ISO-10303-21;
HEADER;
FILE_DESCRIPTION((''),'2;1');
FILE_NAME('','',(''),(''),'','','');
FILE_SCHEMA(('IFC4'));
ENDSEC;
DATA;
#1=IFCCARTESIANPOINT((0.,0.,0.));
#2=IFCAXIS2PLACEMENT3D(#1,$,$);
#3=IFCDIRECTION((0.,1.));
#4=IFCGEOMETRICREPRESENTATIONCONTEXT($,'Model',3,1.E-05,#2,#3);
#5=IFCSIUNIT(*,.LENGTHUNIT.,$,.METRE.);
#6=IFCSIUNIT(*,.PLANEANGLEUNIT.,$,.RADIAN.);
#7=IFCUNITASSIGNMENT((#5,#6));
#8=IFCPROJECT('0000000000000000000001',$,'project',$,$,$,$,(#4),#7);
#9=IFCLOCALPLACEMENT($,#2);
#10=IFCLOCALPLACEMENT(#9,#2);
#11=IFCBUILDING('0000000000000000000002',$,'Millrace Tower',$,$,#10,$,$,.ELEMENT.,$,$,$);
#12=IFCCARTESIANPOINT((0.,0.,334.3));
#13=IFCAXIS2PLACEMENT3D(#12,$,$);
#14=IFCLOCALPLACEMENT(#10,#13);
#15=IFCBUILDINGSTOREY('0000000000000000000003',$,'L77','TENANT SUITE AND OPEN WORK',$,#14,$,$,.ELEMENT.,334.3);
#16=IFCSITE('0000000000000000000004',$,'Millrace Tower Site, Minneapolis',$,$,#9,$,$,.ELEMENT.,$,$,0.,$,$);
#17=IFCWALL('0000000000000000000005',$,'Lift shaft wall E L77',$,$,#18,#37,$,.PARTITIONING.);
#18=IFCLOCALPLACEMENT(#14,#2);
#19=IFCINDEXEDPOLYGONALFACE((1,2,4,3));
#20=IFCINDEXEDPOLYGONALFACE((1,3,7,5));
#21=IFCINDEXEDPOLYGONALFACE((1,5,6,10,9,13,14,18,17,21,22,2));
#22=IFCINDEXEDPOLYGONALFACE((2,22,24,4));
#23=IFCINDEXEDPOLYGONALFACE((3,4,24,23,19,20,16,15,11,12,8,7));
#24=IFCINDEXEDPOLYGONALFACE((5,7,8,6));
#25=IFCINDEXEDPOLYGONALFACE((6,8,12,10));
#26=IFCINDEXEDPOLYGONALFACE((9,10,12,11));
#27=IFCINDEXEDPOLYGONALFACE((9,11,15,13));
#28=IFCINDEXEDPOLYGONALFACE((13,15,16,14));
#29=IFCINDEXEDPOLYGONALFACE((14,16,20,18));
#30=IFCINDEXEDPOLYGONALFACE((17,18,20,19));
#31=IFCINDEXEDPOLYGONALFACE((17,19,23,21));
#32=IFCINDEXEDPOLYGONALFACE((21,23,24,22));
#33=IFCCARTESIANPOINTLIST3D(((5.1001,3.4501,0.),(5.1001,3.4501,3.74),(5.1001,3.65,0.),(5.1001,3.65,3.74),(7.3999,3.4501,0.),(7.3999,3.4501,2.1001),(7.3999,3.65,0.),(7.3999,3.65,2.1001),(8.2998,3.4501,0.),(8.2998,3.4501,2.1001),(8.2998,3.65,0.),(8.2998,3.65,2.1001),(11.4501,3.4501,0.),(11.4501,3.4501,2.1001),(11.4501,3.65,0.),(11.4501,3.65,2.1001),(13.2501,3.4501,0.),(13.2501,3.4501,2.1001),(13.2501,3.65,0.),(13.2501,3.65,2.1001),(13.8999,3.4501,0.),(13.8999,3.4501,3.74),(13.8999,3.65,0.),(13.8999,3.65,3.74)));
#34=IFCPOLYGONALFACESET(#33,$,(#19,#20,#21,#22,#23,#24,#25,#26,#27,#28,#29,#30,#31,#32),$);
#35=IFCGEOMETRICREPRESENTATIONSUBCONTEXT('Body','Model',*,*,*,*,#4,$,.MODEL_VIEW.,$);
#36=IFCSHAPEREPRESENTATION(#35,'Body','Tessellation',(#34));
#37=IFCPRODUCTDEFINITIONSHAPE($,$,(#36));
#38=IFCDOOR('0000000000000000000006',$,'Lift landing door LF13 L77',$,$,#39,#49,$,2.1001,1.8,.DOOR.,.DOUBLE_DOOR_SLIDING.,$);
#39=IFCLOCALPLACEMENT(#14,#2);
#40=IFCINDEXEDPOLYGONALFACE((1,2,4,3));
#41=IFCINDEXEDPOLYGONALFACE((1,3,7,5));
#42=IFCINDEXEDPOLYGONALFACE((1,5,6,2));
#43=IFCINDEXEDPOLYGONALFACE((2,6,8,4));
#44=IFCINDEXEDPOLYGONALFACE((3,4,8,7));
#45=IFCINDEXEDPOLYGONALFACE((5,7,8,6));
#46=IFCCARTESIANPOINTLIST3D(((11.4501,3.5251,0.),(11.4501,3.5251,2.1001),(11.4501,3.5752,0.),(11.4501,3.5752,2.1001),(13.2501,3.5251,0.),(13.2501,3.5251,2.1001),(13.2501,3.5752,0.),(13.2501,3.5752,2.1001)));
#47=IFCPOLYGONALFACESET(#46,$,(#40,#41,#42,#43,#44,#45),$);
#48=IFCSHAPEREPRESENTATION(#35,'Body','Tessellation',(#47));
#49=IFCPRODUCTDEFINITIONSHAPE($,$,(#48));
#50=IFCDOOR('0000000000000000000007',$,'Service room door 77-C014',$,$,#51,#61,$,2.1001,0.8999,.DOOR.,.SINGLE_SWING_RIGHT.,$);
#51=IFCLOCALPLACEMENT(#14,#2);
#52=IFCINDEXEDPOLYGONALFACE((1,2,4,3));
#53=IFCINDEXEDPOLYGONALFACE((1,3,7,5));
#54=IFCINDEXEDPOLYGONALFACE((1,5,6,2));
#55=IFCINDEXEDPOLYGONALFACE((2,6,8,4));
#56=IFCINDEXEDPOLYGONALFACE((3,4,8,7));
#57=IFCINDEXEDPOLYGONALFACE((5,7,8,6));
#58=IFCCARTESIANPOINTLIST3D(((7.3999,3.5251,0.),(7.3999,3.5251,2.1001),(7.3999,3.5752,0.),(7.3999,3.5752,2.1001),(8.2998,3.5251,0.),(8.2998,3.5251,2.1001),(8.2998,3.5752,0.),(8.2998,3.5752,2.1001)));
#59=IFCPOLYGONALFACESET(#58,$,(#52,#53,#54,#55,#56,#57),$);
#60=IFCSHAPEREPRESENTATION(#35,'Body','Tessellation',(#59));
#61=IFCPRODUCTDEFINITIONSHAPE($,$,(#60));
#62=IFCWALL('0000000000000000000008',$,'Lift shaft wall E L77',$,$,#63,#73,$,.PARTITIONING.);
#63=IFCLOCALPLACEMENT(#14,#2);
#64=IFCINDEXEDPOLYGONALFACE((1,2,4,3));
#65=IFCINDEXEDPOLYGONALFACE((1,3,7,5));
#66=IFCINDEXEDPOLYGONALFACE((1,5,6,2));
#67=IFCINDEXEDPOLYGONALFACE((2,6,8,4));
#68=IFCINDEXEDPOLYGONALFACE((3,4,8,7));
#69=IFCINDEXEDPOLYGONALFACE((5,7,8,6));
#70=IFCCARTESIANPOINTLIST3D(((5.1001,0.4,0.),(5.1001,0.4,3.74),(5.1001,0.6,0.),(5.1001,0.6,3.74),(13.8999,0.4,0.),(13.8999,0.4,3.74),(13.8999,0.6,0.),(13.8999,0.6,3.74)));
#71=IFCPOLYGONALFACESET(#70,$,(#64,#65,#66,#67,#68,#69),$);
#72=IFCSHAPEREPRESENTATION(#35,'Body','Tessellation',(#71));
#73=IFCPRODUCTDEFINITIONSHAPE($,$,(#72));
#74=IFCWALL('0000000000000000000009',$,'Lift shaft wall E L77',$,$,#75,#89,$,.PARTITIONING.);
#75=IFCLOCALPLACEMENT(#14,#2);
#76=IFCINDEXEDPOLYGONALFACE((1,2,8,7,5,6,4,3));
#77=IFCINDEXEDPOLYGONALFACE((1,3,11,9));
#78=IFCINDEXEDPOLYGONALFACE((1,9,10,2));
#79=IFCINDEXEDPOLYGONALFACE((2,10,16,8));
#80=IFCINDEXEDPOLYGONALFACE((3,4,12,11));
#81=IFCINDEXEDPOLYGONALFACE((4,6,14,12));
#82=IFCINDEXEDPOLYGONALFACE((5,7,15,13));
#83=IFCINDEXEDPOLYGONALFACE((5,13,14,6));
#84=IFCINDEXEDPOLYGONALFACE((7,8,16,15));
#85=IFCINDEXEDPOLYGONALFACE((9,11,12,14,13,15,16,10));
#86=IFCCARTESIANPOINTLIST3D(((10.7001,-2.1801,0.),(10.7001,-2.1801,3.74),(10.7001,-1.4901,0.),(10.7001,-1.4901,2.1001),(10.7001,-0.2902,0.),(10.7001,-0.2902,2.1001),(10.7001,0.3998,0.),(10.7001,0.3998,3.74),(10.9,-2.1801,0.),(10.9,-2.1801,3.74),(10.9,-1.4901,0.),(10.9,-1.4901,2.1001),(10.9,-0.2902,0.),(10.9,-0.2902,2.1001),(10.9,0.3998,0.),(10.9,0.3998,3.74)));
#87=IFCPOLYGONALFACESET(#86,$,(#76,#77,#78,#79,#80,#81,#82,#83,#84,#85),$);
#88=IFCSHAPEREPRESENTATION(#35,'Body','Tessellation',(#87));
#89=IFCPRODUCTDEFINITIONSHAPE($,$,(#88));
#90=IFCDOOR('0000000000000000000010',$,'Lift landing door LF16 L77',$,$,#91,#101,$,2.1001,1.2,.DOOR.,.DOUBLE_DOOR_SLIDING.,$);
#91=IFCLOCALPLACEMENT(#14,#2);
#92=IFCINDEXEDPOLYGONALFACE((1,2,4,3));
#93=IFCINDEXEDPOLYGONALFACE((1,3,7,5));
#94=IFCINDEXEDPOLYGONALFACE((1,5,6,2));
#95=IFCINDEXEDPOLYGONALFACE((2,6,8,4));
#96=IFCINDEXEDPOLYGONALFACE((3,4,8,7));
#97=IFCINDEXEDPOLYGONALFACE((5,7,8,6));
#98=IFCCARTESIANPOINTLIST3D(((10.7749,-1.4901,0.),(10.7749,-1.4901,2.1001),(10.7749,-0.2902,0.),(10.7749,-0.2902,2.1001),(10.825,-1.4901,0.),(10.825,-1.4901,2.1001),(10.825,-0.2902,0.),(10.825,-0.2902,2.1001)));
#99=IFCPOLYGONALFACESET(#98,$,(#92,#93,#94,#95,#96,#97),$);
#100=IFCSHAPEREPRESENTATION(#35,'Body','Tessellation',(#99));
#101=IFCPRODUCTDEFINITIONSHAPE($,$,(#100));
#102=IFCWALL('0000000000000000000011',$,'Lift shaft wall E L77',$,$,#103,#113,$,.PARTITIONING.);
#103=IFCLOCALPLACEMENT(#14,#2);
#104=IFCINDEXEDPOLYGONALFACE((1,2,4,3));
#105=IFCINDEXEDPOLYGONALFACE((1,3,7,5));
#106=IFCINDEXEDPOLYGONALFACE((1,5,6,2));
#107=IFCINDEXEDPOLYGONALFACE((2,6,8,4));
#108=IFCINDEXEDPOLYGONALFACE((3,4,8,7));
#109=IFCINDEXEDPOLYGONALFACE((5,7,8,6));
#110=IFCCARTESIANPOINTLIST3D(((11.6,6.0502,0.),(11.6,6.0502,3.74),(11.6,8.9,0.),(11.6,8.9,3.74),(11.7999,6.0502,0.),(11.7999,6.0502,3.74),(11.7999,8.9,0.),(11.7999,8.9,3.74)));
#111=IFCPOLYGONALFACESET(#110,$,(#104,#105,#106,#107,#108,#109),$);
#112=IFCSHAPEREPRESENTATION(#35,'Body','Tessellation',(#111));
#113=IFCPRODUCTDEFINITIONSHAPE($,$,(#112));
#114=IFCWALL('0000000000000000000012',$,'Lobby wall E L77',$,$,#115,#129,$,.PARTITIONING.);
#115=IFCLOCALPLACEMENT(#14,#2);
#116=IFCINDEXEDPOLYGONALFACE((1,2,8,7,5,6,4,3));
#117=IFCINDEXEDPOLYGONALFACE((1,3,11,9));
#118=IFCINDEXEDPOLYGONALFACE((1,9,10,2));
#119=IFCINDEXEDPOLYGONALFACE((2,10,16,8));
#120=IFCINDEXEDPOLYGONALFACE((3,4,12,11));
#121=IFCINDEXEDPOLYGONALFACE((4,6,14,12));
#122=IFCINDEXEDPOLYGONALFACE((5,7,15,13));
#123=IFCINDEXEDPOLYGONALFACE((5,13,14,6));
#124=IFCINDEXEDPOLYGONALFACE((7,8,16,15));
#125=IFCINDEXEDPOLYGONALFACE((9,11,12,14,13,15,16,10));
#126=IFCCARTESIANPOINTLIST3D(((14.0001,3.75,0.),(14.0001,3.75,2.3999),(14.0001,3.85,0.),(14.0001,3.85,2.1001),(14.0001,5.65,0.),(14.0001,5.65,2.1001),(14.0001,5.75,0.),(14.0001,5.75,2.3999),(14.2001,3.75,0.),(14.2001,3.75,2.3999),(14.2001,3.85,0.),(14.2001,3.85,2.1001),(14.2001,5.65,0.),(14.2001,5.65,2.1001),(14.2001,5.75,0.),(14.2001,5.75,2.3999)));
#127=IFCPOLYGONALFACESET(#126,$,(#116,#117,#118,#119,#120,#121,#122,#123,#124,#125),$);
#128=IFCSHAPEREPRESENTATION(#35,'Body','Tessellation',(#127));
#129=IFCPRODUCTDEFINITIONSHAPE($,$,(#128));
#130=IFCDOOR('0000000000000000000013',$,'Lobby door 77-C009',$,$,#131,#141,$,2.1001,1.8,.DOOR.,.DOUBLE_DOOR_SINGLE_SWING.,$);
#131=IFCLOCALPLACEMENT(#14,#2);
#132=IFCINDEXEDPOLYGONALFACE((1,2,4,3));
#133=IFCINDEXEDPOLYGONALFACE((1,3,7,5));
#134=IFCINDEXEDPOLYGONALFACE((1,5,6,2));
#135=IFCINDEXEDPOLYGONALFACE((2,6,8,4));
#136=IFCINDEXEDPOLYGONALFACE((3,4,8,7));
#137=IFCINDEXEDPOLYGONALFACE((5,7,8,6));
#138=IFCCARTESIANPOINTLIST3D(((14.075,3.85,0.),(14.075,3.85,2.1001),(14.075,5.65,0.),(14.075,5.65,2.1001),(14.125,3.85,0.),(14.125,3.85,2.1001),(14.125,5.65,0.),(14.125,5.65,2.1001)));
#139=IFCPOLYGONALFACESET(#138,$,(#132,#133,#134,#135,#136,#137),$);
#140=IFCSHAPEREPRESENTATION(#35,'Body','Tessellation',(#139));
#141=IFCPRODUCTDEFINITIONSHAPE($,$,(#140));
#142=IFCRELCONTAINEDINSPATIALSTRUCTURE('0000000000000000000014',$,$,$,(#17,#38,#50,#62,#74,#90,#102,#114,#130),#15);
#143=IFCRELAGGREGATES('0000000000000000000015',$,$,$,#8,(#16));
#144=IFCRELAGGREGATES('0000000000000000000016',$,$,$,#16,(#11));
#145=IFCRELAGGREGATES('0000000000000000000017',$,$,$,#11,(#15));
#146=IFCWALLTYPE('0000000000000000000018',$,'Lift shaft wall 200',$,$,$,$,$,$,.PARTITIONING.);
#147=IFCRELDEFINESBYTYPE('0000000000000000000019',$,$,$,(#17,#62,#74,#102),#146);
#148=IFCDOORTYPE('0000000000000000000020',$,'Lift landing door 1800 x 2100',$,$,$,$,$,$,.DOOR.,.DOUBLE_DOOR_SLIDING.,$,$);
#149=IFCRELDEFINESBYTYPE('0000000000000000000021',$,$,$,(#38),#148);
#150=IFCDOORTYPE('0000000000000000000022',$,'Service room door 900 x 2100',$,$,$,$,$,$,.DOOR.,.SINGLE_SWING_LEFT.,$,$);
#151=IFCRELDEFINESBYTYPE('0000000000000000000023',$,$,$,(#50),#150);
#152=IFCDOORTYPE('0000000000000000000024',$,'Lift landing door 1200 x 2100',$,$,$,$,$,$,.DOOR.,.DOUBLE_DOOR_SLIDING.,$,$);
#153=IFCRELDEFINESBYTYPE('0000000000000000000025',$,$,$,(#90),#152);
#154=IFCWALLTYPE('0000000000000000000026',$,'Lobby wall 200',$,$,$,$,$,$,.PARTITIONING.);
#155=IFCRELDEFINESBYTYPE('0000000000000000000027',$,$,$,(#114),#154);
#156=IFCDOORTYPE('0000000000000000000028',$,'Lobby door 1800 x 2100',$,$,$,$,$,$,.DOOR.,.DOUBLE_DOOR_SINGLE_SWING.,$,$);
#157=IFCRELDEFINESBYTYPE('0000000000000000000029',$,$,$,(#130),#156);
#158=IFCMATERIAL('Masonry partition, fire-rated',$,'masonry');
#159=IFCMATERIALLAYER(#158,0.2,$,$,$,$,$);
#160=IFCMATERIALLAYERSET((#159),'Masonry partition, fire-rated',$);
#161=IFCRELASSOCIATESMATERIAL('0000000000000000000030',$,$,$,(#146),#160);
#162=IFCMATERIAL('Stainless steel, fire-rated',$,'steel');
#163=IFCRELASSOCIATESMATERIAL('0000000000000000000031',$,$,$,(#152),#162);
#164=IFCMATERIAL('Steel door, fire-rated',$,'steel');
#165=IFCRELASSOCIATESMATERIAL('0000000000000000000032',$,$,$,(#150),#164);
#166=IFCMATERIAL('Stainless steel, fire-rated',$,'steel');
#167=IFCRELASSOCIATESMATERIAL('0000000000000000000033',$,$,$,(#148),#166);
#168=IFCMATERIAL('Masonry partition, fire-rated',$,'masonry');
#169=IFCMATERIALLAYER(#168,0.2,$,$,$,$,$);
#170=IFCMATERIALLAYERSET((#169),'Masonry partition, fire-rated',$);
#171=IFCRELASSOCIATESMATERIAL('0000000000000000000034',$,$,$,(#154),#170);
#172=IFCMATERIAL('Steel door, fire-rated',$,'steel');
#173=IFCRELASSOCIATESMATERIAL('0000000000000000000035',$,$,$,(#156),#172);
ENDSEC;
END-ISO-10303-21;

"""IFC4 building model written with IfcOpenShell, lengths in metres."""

from ifc_helpers import new_model, si_unit, direction, frame, frame_2d, origin, place, context, subcontext, project, spatial, rectangle, extrude, material, layer, layer_set, type_object, element, fill, save


model = new_model("IFC4")

# Units and contexts
model_context = context("Model", 3, precision=1e-05, world=origin(), true_north=direction((0.0, 1.0)))
body_context = subcontext(model_context, "Body", "Model", "MODEL_VIEW")
ifc_project = project(units=[si_unit("LENGTHUNIT", "METRE"), si_unit("PLANEANGLEUNIT", "RADIAN")], contexts=[model_context])

# Site, building, storey
site_placement = place(None, origin())
site = spatial("IfcSite", under=ifc_project, at=site_placement, Name="Millrace Tower Site, Minneapolis", CompositionType="ELEMENT", RefElevation=0.0)
building_placement = place(site_placement, origin())
building = spatial("IfcBuilding", under=site, at=building_placement, Name="Millrace Tower", CompositionType="ELEMENT")
storey_placement = place(building_placement, frame((0.0, 0.0, 334.3)))
storey = spatial("IfcBuildingStorey", under=building, at=storey_placement, Name="L77", Description="TENANT SUITE AND OPEN WORK", CompositionType="ELEMENT", Elevation=334.3)

# Wall, openings, doors
ifc_material_1 = material(Name="Masonry partition, fire-rated", Category="masonry")
ifc_layer_1 = layer(ifc_material_1, 0.2)
ifc_layer_set_1 = layer_set([ifc_layer_1], Name="Masonry partition, fire-rated")
wall_type_1 = type_object("IfcWallType", Name="Lift shaft wall 200", PredefinedType="PARTITIONING", material=ifc_layer_set_1)
ifc_material_2 = material(Name="Stainless steel, fire-rated", Category="steel")
door_type_1 = type_object("IfcDoorType", Name="Lift landing door 1200 x 2100", OperationType="DOUBLE_DOOR_SLIDING", PredefinedType="DOOR", material=ifc_material_2)
ifc_material_3 = material(Name="Steel door, fire-rated", Category="steel")
door_type_2 = type_object("IfcDoorType", Name="Service room door 900 x 2100", OperationType="SINGLE_SWING_LEFT", PredefinedType="DOOR", material=ifc_material_3)
wall_1_placement = place(storey_placement, frame((13.8999, 3.55, 0.0), z_axis=(0.0, 0.0, 1.0), x_axis=(-1.0, 0.0, 0.0)))
wall_1 = element("IfcWall", 1, at=wall_1_placement, inside=storey, type_object=wall_type_1, Name="Lift shaft wall E L77", PredefinedType="PARTITIONING", context=body_context, shape_type="SweptSolid", body=[
    extrude(rectangle(XDim=8.7998, YDim=0.2, at=frame_2d((4.3999, 0.0))), origin(), (0.0, 0.0, 1.0), 3.74),
])
opening_1_placement = place(wall_1_placement, frame((0.6499, 0.0, 0.0)))
opening_1 = element("IfcOpeningElement", 2, at=opening_1_placement, cuts=wall_1, PredefinedType="OPENING", context=body_context, shape_type="SweptSolid", body=[
    extrude(rectangle(XDim=1.8, YDim=2.1001, at=frame_2d((0.8999, 1.05))), frame((0.0, 0.1099, 0.0), z_axis=(0.0, -1.0, 0.0), x_axis=(1.0, 0.0, 0.0)), (0.0, 0.0, 1.0), 0.22),
])
opening_2_placement = place(wall_1_placement, frame((5.6001, 0.0, 0.0)))
opening_2 = element("IfcOpeningElement", 3, at=opening_2_placement, cuts=wall_1, PredefinedType="OPENING", context=body_context, shape_type="SweptSolid", body=[
    extrude(rectangle(XDim=0.8999, YDim=2.1001, at=frame_2d((0.45, 1.05))), frame((0.0, 0.1099, 0.0), z_axis=(0.0, -1.0, 0.0), x_axis=(1.0, 0.0, 0.0)), (0.0, 0.0, 1.0), 0.22),
])
ifc_material_4 = material(Name="Stainless steel, fire-rated", Category="steel")
door_type_3 = type_object("IfcDoorType", Name="Lift landing door 1800 x 2100", OperationType="DOUBLE_DOOR_SLIDING", PredefinedType="DOOR", material=ifc_material_4)
door_1_placement = place(opening_1_placement, origin())
door_1 = element("IfcDoor", 4, at=door_1_placement, inside=storey, type_object=door_type_3, Name="Lift landing door LF13 L77", OperationType="DOUBLE_DOOR_SLIDING", OverallHeight=2.1001, OverallWidth=1.8, PredefinedType="DOOR", context=body_context, shape_type="SweptSolid", body=[
    extrude(rectangle(XDim=1.8, YDim=2.1001, at=frame_2d((0.8999, 1.05))), frame((0.0, 0.0249, 0.0), z_axis=(0.0, -1.0, 0.0), x_axis=(1.0, 0.0, 0.0)), (0.0, 0.0, 1.0), 0.05),
])
fill(opening_1, door_1)
door_2_placement = place(opening_2_placement, origin())
door_2 = element("IfcDoor", 5, at=door_2_placement, inside=storey, type_object=door_type_2, Name="Service room door 77-C014", OperationType="SINGLE_SWING_RIGHT", OverallHeight=2.1001, OverallWidth=0.8999, PredefinedType="DOOR", context=body_context, shape_type="SweptSolid", body=[
    extrude(rectangle(XDim=0.8999, YDim=2.1001, at=frame_2d((0.45, 1.05))), frame((0.0, 0.0249, 0.0), z_axis=(0.0, -1.0, 0.0), x_axis=(1.0, 0.0, 0.0)), (0.0, 0.0, 1.0), 0.05),
])
fill(opening_2, door_2)

# Wall
wall_2_placement = place(storey_placement, frame((13.8999, 0.5, 0.0), z_axis=(0.0, 0.0, 1.0), x_axis=(-1.0, 0.0, 0.0)))
element("IfcWall", 6, at=wall_2_placement, inside=storey, type_object=wall_type_1, Name="Lift shaft wall E L77", PredefinedType="PARTITIONING", context=body_context, shape_type="SweptSolid", body=[
    extrude(rectangle(XDim=8.7998, YDim=0.2, at=frame_2d((4.3999, 0.0))), origin(), (0.0, 0.0, 1.0), 3.74),
])

# Wall, opening, door
wall_3_placement = place(storey_placement, frame((10.8, 0.3999, 0.0), z_axis=(0.0, 0.0, 1.0), x_axis=(0.0, -1.0, 0.0)))
wall_3 = element("IfcWall", 7, at=wall_3_placement, inside=storey, type_object=wall_type_1, Name="Lift shaft wall E L77", PredefinedType="PARTITIONING", context=body_context, shape_type="SweptSolid", body=[
    extrude(rectangle(XDim=2.5798, YDim=0.2, at=frame_2d((1.29, 0.0))), origin(), (0.0, 0.0, 1.0), 3.74),
])
opening_3_placement = place(wall_3_placement, frame((0.6899, 0.0, 0.0)))
opening_3 = element("IfcOpeningElement", 8, at=opening_3_placement, cuts=wall_3, PredefinedType="OPENING", context=body_context, shape_type="SweptSolid", body=[
    extrude(rectangle(XDim=1.2, YDim=2.1001, at=frame_2d((0.6001, 1.05))), frame((0.0, 0.1099, 0.0), z_axis=(0.0, -1.0, 0.0), x_axis=(1.0, 0.0, 0.0)), (0.0, 0.0, 1.0), 0.22),
])
door_3_placement = place(opening_3_placement, origin())
door_3 = element("IfcDoor", 9, at=door_3_placement, inside=storey, type_object=door_type_1, Name="Lift landing door LF16 L77", OperationType="DOUBLE_DOOR_SLIDING", OverallHeight=2.1001, OverallWidth=1.2, PredefinedType="DOOR", context=body_context, shape_type="SweptSolid", body=[
    extrude(rectangle(XDim=1.2, YDim=2.1001, at=frame_2d((0.6001, 1.05))), frame((0.0, 0.0249, 0.0), z_axis=(0.0, -1.0, 0.0), x_axis=(1.0, 0.0, 0.0)), (0.0, 0.0, 1.0), 0.05),
])
fill(opening_3, door_3)

# Wall
wall_4_placement = place(storey_placement, frame((11.7, 8.8999, 0.0), z_axis=(0.0, 0.0, 1.0), x_axis=(0.0, -1.0, 0.0)))
element("IfcWall", 10, at=wall_4_placement, inside=storey, type_object=wall_type_1, Name="Lift shaft wall E L77", PredefinedType="PARTITIONING", context=body_context, shape_type="SweptSolid", body=[
    extrude(rectangle(XDim=2.8499, YDim=0.2, at=frame_2d((1.4248, 0.0))), origin(), (0.0, 0.0, 1.0), 3.74),
])

# Wall, opening, door
ifc_material_5 = material(Name="Masonry partition, fire-rated", Category="masonry")
ifc_layer_2 = layer(ifc_material_5, 0.2)
ifc_layer_set_2 = layer_set([ifc_layer_2], Name="Masonry partition, fire-rated")
wall_type_2 = type_object("IfcWallType", Name="Lobby wall 200", PredefinedType="PARTITIONING", material=ifc_layer_set_2)
wall_5_placement = place(storey_placement, frame((14.1001, 5.75, 0.0), z_axis=(0.0, 0.0, 1.0), x_axis=(0.0, -1.0, 0.0)))
wall_5 = element("IfcWall", 11, at=wall_5_placement, inside=storey, type_object=wall_type_2, Name="Lobby wall E L77", PredefinedType="PARTITIONING", context=body_context, shape_type="SweptSolid", body=[
    extrude(rectangle(XDim=2.0, YDim=0.2, at=frame_2d((1.0, 0.0))), origin(), (0.0, 0.0, 1.0), 2.3999),
])
opening_4_placement = place(wall_5_placement, frame((0.1001, 0.0, 0.0)))
opening_4 = element("IfcOpeningElement", 12, at=opening_4_placement, cuts=wall_5, PredefinedType="OPENING", context=body_context, shape_type="SweptSolid", body=[
    extrude(rectangle(XDim=1.8, YDim=2.1001, at=frame_2d((0.8999, 1.05))), frame((0.0, 0.1099, 0.0), z_axis=(0.0, -1.0, 0.0), x_axis=(1.0, 0.0, 0.0)), (0.0, 0.0, 1.0), 0.22),
])
ifc_material_6 = material(Name="Steel door, fire-rated", Category="steel")
door_type_4 = type_object("IfcDoorType", Name="Lobby door 1800 x 2100", OperationType="DOUBLE_DOOR_SINGLE_SWING", PredefinedType="DOOR", material=ifc_material_6)
door_4_placement = place(opening_4_placement, origin())
door_4 = element("IfcDoor", 13, at=door_4_placement, inside=storey, type_object=door_type_4, Name="Lobby door 77-C009", OperationType="DOUBLE_DOOR_SINGLE_SWING", OverallHeight=2.1001, OverallWidth=1.8, PredefinedType="DOOR", context=body_context, shape_type="SweptSolid", body=[
    extrude(rectangle(XDim=1.8, YDim=2.1001, at=frame_2d((0.8999, 1.05))), frame((0.0, 0.0249, 0.0), z_axis=(0.0, -1.0, 0.0), x_axis=(1.0, 0.0, 0.0)), (0.0, 0.0, 1.0), 0.05),
])
fill(opening_4, door_4)

save(model, "model.ifc")
